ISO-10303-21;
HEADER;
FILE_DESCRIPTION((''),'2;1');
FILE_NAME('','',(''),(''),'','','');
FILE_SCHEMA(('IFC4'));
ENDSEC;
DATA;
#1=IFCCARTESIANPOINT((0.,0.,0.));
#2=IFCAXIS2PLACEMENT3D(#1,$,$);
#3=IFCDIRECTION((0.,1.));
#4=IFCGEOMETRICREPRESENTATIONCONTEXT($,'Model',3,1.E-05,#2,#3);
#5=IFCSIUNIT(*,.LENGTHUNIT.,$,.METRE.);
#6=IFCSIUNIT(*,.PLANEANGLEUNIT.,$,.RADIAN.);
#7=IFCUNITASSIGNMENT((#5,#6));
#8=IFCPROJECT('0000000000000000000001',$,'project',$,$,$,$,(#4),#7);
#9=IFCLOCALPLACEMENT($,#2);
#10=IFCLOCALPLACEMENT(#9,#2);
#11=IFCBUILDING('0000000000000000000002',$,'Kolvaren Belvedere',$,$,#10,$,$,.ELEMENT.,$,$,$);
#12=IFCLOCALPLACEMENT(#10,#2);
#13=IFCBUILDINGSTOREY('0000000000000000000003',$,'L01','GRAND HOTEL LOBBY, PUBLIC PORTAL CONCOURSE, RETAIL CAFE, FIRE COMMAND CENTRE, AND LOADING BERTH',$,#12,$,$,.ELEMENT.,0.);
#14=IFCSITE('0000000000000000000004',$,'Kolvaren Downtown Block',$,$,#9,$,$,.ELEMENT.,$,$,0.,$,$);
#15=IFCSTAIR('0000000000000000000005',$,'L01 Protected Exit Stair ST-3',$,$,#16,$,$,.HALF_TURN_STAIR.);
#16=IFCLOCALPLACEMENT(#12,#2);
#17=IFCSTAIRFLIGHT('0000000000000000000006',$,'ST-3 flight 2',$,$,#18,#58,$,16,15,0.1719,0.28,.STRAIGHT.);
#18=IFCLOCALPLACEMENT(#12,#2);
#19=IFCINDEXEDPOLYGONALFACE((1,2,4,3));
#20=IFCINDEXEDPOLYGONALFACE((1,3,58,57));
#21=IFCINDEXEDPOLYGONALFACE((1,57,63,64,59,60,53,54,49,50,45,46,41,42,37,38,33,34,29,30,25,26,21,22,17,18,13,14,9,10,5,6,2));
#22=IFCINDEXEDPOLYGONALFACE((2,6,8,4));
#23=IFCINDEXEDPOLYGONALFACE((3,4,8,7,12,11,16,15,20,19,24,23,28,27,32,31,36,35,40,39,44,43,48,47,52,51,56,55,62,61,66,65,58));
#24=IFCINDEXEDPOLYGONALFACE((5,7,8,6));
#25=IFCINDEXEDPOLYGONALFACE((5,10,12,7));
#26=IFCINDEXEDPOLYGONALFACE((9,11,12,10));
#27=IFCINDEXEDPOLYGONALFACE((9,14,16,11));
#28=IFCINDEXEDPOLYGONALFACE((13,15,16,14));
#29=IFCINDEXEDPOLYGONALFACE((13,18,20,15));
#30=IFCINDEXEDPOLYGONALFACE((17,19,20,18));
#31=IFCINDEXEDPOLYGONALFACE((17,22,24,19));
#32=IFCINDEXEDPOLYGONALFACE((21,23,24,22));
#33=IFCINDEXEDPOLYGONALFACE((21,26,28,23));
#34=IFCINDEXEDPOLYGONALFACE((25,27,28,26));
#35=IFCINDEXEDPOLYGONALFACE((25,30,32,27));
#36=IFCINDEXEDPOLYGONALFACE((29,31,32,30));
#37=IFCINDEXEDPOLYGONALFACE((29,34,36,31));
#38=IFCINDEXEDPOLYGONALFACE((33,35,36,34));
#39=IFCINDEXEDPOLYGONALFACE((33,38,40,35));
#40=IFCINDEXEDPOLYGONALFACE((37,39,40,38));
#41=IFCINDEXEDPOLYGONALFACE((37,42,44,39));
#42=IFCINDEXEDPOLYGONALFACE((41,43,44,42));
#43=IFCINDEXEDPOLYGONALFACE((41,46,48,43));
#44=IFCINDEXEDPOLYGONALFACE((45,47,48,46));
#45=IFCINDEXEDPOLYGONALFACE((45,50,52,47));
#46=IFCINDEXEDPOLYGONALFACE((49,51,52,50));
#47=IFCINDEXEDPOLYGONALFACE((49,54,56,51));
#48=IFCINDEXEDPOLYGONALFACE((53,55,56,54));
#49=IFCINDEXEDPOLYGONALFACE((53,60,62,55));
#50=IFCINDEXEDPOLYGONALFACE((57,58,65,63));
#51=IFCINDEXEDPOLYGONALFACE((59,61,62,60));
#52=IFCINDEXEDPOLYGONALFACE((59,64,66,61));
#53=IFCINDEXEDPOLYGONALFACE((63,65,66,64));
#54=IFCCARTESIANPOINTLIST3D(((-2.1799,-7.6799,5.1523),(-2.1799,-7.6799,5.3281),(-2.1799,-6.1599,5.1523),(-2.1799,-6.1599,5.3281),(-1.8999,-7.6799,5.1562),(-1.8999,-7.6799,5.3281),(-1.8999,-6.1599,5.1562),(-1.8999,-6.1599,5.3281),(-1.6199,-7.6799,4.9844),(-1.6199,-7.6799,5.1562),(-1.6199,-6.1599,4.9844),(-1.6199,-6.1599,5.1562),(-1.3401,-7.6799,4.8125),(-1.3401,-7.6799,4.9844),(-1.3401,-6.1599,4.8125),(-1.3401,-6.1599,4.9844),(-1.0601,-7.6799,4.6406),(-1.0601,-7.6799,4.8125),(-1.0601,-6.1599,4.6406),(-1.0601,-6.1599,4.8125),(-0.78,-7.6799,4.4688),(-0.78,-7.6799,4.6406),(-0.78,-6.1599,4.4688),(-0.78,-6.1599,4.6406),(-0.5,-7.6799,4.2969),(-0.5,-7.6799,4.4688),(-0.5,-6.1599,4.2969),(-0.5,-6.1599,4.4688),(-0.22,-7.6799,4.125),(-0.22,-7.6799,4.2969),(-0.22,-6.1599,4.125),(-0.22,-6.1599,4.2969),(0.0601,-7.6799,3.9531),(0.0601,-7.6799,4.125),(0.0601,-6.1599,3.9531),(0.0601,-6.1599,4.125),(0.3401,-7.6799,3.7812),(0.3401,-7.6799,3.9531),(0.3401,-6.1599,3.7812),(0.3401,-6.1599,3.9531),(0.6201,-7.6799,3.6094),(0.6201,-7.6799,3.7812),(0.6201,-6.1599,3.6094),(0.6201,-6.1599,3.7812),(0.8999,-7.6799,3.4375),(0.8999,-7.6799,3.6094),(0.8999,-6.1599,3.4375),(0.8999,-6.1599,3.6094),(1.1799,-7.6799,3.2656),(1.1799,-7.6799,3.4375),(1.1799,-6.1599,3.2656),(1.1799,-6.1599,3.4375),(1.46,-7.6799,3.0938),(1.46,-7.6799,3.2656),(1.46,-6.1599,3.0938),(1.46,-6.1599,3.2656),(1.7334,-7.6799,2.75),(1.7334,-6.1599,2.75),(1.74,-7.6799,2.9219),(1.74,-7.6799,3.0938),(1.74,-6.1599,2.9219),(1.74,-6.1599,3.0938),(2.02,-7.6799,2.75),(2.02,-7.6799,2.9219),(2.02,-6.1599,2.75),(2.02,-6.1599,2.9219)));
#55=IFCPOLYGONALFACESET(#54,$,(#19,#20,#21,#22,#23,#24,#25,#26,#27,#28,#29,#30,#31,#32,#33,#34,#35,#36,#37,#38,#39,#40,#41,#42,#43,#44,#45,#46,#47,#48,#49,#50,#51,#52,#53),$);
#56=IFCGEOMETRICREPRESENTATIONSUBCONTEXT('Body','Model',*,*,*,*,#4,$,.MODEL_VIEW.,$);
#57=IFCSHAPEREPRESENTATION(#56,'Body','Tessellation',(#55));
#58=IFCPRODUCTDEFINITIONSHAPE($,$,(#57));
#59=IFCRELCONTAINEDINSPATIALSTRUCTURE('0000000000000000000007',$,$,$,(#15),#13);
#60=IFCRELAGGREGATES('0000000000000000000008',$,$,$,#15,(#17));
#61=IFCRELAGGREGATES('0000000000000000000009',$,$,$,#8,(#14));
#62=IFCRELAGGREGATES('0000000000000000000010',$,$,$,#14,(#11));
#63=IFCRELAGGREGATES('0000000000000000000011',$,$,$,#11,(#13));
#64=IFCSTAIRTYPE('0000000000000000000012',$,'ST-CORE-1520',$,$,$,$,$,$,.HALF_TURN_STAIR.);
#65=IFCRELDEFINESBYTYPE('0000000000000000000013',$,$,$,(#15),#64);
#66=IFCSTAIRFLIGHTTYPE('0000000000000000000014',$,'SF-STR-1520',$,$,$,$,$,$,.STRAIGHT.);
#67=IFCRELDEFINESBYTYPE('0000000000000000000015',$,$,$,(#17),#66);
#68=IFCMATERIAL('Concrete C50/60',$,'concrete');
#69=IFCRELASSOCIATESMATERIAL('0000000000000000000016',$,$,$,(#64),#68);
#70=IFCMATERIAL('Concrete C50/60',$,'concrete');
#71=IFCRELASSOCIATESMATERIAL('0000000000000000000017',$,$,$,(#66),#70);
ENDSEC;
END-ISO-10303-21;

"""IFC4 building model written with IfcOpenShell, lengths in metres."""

from ifc_helpers import new_model, si_unit, direction, frame, origin, place, context, subcontext, project, spatial, polyline, outline, extrude, material, type_object, element, aggregate, save


model = new_model("IFC4")

# Units and contexts
model_context = context("Model", 3, precision=1e-05, world=origin(), true_north=direction((0.0, 1.0)))
body_context = subcontext(model_context, "Body", "Model", "MODEL_VIEW")
ifc_project = project(units=[si_unit("LENGTHUNIT", "METRE"), si_unit("PLANEANGLEUNIT", "RADIAN")], contexts=[model_context])

# Site, building, storey
site_placement = place(None, origin())
site = spatial("IfcSite", under=ifc_project, at=site_placement, Name="Kolvaren Downtown Block", CompositionType="ELEMENT", RefElevation=0.0)
building_placement = place(site_placement, origin())
building = spatial("IfcBuilding", under=site, at=building_placement, Name="Kolvaren Belvedere", CompositionType="ELEMENT")
storey_placement = place(building_placement, origin())
storey = spatial("IfcBuildingStorey", under=building, at=storey_placement, Name="L01", Description="GRAND HOTEL LOBBY, PUBLIC PORTAL CONCOURSE, RETAIL CAFE, FIRE COMMAND CENTRE, AND LOADING BERTH", CompositionType="ELEMENT", Elevation=0.0)

# Stair, stair flight
ifc_material_1 = material(Name="Concrete C50/60", Category="concrete")
stair_type = type_object("IfcStairType", Name="ST-CORE-1520", PredefinedType="HALF_TURN_STAIR", material=ifc_material_1)
stair_placement = place(storey_placement, origin())
stair = element("IfcStair", 1, at=stair_placement, inside=storey, type_object=stair_type, Name="L01 Protected Exit Stair ST-3", PredefinedType="HALF_TURN_STAIR")
ifc_material_2 = material(Name="Concrete C50/60", Category="concrete")
stair_flight_type = type_object("IfcStairFlightType", Name="SF-STR-1520", PredefinedType="STRAIGHT", material=ifc_material_2)
stair_flight_placement = place(storey_placement, frame((2.02, -6.9199, 2.75), z_axis=(0.0, 0.0, 1.0), x_axis=(-1.0, 0.0, 0.0)))
stair_flight = element("IfcStairFlight", 2, at=stair_flight_placement, type_object=stair_flight_type, Name="ST-3 flight 2", NumberOfRisers=16, NumberOfTreads=15, PredefinedType="STRAIGHT", RiserHeight=0.1719, TreadLength=0.28, context=body_context, shape_type="SweptSolid", body=[
    extrude(outline(polyline([(0.0, 0.0), (0.0, 0.1719), (0.28, 0.1719), (0.28, 0.3438), (0.5601, 0.3438), (0.5601, 0.5156), (0.8401, 0.5156), (0.8401, 0.6875), (1.1201, 0.6875), (1.1201, 0.8594), (1.3999, 0.8594), (1.3999, 1.0312), (1.6799, 1.0312), (1.6799, 1.2031), (1.96, 1.2031), (1.96, 1.375), (2.24, 1.375), (2.24, 1.5469), (2.52, 1.5469), (2.52, 1.7188), (2.8, 1.7188), (2.8, 1.8906), (3.0801, 1.8906), (3.0801, 2.0625), (3.3601, 2.0625), (3.3601, 2.2344), (3.6399, 2.2344), (3.6399, 2.4062), (3.9199, 2.4062), (3.9199, 2.5781), (4.2, 2.5781), (4.2, 2.75), (4.2, 2.4023), (0.2866, 0.0), (0.0, 0.0)])), frame((0.0, 0.76, 0.0), z_axis=(0.0, -1.0, 0.0), x_axis=(1.0, 0.0, 0.0)), (0.0, 0.0, 1.0), 1.52),
])
aggregate(stair, [stair_flight])

save(model, "model.ifc")
